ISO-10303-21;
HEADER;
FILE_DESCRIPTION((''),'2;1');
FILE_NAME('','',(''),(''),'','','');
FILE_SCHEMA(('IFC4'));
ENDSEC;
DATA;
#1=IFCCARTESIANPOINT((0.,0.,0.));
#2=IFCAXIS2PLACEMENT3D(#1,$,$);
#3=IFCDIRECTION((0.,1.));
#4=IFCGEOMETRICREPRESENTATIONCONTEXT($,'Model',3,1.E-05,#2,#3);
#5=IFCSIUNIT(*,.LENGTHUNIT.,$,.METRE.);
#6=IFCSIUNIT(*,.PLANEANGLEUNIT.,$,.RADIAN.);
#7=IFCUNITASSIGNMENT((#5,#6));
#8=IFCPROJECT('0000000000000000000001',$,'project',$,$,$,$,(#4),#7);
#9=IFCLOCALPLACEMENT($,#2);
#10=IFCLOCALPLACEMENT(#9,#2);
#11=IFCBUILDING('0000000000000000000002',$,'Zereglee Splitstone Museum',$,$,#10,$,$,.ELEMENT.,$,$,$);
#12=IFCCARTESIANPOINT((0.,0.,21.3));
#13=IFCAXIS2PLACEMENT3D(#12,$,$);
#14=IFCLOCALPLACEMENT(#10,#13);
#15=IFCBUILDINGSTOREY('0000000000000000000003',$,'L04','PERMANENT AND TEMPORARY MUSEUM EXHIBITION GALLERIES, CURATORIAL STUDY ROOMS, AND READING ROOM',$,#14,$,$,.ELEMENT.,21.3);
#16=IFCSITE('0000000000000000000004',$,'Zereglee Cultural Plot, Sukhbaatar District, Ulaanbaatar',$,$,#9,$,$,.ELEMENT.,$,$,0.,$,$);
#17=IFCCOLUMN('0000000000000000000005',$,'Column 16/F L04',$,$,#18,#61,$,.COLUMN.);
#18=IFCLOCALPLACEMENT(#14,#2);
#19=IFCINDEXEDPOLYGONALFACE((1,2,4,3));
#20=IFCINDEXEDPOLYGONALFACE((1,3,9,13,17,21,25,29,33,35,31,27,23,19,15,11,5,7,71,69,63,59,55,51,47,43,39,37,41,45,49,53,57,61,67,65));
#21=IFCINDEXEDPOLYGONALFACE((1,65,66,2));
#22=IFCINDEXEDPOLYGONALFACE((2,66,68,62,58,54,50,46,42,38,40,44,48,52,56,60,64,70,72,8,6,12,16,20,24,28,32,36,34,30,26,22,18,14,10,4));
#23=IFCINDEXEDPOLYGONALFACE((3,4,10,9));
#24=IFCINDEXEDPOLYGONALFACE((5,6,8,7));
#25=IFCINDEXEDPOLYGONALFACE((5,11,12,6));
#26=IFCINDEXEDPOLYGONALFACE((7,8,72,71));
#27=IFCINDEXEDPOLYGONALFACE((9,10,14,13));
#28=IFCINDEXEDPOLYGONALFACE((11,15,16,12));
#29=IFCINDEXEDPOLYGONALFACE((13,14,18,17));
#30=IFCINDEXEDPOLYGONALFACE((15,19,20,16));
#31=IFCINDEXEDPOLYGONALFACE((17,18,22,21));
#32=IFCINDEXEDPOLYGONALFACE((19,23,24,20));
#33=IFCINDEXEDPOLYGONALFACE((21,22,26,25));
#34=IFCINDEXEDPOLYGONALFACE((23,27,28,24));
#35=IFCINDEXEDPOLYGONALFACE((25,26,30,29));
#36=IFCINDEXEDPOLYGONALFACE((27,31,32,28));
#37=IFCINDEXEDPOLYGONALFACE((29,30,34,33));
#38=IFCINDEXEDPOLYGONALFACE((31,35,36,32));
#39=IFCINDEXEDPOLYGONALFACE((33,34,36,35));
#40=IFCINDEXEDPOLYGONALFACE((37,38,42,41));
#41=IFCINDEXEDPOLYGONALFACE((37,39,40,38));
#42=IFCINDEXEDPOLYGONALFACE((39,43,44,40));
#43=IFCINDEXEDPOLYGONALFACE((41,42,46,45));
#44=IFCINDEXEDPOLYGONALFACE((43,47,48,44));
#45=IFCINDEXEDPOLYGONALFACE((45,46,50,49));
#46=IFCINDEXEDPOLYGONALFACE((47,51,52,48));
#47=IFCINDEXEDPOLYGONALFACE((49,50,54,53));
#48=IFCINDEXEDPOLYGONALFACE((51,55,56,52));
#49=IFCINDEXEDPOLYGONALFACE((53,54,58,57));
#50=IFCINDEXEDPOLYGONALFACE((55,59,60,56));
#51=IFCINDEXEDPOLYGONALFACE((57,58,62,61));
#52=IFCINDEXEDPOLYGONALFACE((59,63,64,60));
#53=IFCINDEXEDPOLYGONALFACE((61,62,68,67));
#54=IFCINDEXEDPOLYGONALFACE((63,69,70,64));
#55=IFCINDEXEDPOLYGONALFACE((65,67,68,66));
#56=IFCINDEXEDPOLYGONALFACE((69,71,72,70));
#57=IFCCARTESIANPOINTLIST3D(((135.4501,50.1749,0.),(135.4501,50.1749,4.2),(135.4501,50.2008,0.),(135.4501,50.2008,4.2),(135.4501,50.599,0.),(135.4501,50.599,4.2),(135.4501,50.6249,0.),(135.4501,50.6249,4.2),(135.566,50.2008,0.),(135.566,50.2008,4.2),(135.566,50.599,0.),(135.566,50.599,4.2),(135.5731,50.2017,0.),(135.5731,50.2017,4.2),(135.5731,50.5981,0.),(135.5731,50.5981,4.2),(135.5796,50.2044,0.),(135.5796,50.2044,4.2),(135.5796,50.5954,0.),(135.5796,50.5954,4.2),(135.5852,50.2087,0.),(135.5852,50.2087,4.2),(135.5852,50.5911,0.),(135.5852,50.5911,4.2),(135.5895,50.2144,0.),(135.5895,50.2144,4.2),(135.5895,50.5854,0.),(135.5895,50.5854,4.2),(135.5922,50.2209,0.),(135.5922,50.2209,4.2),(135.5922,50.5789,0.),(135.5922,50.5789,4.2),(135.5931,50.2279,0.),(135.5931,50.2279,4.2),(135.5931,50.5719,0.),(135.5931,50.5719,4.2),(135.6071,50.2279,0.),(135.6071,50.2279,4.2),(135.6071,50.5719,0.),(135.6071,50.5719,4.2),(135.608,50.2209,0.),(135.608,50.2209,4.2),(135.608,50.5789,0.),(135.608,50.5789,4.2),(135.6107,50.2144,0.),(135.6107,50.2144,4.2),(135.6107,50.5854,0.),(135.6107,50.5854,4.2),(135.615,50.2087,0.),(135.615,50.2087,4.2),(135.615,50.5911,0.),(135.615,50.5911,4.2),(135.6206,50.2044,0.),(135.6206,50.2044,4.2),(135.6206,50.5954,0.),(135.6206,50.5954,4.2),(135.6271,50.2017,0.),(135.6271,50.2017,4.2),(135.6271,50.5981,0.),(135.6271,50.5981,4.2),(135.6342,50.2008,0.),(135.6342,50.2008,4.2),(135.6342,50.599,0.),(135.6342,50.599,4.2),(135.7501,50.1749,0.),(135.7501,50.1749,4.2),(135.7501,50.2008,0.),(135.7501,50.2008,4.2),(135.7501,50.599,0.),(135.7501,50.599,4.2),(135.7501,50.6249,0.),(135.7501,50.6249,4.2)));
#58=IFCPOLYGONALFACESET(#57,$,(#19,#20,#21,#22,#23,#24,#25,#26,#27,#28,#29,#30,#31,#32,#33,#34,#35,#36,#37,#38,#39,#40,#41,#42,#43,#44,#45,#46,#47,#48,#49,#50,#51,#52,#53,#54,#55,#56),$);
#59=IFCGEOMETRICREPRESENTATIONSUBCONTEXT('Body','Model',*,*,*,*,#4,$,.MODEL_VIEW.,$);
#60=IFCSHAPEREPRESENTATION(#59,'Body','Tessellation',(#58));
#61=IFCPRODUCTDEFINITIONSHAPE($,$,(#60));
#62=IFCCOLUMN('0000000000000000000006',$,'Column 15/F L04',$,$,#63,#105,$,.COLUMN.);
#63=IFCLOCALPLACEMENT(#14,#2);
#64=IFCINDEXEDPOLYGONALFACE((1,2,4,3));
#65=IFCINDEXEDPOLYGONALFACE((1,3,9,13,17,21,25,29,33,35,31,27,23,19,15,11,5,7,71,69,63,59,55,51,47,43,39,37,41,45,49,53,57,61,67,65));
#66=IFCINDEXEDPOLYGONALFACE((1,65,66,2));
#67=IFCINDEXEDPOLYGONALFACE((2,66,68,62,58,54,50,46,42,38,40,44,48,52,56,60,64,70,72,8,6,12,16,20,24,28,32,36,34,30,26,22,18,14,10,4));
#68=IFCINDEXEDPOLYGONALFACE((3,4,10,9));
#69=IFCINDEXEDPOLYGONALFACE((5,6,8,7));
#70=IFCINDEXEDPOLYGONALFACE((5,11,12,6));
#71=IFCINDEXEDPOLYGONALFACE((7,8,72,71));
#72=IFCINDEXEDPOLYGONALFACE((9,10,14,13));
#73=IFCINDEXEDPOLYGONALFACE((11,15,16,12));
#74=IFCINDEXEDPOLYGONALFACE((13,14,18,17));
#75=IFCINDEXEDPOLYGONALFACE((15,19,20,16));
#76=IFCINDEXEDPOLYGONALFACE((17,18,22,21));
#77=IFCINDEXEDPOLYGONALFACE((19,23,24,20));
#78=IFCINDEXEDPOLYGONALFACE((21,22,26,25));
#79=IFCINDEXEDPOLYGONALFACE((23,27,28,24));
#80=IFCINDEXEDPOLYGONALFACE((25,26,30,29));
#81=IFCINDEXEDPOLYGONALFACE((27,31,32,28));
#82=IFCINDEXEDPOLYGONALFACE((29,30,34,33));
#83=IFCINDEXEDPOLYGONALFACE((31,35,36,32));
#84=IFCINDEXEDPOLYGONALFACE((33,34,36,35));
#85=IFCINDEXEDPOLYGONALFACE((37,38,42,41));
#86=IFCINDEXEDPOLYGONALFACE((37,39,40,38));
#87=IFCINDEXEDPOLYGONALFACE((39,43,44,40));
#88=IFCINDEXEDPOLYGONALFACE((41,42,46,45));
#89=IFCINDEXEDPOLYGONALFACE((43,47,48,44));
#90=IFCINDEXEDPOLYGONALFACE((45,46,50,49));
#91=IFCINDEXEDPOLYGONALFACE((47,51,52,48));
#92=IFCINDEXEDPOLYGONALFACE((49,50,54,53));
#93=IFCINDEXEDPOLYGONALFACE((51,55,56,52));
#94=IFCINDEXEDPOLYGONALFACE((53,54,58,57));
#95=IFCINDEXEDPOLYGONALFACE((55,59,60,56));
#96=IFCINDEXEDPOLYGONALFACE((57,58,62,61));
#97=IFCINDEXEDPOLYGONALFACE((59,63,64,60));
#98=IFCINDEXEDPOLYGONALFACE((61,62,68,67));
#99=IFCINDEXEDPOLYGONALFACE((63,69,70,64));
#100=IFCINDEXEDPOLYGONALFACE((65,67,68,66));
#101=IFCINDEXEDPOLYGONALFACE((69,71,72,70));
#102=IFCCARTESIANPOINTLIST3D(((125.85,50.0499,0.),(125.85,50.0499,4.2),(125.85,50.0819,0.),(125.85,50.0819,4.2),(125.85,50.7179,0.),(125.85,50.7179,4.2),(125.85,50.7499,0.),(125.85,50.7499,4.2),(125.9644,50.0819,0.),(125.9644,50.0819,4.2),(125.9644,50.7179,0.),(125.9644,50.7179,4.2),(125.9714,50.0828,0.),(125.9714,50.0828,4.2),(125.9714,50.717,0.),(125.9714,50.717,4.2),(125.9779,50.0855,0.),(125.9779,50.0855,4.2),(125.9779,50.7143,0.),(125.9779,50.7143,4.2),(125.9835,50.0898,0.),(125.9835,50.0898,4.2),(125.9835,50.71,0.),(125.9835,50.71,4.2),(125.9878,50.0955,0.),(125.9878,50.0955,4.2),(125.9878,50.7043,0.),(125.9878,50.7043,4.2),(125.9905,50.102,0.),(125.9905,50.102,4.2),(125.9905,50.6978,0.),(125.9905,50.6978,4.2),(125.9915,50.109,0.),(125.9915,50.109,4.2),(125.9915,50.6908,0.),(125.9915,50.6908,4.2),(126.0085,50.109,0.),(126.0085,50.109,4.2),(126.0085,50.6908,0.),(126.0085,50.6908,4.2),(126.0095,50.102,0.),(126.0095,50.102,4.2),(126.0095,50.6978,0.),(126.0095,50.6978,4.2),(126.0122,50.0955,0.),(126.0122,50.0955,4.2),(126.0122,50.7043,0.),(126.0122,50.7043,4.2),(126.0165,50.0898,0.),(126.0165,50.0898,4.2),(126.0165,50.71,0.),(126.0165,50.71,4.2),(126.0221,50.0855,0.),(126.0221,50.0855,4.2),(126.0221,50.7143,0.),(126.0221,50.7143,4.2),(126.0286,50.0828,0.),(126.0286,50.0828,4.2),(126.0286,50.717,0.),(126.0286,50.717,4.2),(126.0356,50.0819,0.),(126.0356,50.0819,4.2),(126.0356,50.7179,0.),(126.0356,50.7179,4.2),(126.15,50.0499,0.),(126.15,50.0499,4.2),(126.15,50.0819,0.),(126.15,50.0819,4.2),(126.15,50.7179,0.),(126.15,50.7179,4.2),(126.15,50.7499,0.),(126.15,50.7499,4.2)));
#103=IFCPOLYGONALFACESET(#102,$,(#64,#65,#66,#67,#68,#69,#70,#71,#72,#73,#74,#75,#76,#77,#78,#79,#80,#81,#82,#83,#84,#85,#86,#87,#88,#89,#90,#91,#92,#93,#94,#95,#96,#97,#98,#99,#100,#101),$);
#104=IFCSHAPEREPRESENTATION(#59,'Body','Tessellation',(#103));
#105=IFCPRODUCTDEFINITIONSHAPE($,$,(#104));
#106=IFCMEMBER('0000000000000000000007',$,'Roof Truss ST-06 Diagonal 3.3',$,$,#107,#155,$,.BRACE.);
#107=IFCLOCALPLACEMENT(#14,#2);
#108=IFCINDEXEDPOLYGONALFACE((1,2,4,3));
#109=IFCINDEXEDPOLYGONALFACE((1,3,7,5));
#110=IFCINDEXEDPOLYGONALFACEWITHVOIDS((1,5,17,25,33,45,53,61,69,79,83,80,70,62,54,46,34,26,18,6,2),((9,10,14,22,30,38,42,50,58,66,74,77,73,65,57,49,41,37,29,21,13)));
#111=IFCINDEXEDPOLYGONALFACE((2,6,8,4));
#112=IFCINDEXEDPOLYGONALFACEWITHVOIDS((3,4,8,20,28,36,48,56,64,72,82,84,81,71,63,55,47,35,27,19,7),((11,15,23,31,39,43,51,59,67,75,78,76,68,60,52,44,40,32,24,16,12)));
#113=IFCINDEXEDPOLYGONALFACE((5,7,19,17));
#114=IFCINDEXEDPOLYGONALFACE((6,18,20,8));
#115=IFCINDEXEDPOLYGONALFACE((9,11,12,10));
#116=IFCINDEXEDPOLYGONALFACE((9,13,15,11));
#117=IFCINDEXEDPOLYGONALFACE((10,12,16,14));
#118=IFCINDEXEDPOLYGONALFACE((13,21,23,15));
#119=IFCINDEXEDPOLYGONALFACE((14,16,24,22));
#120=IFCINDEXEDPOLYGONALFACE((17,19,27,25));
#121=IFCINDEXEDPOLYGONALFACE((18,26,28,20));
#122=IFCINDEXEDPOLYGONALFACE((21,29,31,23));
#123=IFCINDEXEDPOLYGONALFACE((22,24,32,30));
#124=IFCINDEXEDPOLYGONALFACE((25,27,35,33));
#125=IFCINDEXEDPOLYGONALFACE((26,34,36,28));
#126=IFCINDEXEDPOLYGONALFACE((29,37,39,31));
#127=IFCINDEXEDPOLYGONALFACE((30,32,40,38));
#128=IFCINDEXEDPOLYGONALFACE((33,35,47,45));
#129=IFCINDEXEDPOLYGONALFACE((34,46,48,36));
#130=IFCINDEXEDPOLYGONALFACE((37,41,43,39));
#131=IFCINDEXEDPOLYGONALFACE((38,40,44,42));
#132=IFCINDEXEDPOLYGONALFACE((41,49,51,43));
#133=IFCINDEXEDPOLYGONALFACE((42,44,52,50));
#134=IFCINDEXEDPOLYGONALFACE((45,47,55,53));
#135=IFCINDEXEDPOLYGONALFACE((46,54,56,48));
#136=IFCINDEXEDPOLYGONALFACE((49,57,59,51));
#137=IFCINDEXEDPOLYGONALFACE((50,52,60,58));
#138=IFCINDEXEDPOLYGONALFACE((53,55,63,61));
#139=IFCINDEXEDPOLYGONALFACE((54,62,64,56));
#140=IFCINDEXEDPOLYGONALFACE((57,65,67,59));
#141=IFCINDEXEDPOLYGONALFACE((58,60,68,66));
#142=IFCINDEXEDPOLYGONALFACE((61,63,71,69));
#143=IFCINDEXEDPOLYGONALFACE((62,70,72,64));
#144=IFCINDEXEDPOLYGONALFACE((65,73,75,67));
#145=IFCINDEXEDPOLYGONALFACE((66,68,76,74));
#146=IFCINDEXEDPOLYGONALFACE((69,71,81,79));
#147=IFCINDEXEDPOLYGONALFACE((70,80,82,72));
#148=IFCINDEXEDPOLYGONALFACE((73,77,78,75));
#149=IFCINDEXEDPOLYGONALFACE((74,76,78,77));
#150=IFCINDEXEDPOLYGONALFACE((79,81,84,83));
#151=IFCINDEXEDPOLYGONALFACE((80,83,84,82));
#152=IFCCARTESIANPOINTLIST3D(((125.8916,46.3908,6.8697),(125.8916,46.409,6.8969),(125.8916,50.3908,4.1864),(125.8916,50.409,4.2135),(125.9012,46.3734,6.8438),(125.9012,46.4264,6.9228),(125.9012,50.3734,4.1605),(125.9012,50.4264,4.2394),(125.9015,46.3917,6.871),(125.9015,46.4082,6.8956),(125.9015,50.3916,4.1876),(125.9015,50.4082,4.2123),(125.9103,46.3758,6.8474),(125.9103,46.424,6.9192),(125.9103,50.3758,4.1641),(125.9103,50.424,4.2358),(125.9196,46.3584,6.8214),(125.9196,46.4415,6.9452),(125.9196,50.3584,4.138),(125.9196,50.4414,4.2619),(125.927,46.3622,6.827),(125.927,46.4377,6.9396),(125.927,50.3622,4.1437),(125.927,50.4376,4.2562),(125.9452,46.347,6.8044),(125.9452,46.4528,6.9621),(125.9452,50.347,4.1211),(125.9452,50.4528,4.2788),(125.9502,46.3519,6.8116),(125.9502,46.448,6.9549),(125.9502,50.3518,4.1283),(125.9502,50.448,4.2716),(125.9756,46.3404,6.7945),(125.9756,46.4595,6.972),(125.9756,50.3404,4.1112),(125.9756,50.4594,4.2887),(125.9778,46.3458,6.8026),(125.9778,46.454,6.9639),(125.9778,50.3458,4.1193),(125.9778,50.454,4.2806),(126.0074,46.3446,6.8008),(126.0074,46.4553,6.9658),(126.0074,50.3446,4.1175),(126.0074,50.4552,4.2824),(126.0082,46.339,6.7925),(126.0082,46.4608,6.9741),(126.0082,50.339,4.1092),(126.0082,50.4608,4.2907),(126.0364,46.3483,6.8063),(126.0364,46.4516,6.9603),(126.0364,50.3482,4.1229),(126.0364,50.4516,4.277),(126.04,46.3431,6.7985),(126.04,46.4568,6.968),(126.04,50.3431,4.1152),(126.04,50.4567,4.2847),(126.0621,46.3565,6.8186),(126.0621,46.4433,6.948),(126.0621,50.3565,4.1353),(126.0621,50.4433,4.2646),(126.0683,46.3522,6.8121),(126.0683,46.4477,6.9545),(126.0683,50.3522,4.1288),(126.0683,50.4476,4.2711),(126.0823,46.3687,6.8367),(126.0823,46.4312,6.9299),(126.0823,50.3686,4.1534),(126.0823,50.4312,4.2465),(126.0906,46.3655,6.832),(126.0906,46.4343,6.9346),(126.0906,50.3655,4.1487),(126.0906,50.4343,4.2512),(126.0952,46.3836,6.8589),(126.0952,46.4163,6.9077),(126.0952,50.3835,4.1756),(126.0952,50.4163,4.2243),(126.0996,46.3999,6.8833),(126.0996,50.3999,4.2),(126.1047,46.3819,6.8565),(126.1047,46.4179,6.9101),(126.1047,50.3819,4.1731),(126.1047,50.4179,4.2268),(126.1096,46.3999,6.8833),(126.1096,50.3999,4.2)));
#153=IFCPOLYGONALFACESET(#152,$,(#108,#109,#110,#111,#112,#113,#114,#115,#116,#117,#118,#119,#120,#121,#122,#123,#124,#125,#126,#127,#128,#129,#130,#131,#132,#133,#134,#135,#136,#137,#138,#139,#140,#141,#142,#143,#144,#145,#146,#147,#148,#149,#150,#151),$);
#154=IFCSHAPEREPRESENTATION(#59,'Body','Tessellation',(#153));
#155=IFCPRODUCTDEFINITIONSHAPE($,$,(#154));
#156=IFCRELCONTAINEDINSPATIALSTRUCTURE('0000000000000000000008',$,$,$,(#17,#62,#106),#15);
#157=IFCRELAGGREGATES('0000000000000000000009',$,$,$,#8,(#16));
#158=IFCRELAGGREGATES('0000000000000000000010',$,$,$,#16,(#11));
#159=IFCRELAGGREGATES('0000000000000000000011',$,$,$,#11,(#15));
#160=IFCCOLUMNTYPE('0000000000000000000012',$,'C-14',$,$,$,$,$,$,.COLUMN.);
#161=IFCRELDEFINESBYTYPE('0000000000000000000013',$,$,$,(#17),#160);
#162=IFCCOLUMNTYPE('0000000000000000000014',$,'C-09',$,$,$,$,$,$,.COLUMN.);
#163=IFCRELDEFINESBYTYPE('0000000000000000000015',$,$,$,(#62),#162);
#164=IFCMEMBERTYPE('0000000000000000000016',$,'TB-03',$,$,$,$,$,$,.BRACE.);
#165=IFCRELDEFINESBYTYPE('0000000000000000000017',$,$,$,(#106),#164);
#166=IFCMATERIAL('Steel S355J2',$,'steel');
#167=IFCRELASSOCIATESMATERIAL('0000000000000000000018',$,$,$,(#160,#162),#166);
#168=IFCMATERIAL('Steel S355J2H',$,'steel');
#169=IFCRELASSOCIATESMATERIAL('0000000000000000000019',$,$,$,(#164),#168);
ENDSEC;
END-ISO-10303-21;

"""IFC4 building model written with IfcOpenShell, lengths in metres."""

from ifc_helpers import new_model, si_unit, direction, frame, origin, origin_2d, place, context, subcontext, project, spatial, hollow_circle, i_section, extrude, material, material_profile, profile_set, type_object, element, save


model = new_model("IFC4")

# Units and contexts
model_context = context("Model", 3, precision=1e-05, world=origin(), true_north=direction((0.0, 1.0)))
body_context = subcontext(model_context, "Body", "Model", "MODEL_VIEW")
ifc_project = project(units=[si_unit("LENGTHUNIT", "METRE"), si_unit("PLANEANGLEUNIT", "RADIAN")], contexts=[model_context])

# Site, building, storey
site_placement = place(None, origin())
site = spatial("IfcSite", under=ifc_project, at=site_placement, Name="Zereglee Cultural Plot, Sukhbaatar District, Ulaanbaatar", CompositionType="ELEMENT", RefElevation=0.0)
building_placement = place(site_placement, origin())
building = spatial("IfcBuilding", under=site, at=building_placement, Name="Zereglee Splitstone Museum", CompositionType="ELEMENT")
storey_placement = place(building_placement, frame((0.0, 0.0, 21.3)))
storey = spatial("IfcBuildingStorey", under=building, at=storey_placement, Name="L04", Description="PERMANENT AND TEMPORARY MUSEUM EXHIBITION GALLERIES, CURATORIAL STUDY ROOMS, AND READING ROOM", CompositionType="ELEMENT", Elevation=21.3)

# Columns
ifc_material_1 = material(Name="Steel S355J2", Category="steel")
ifc_material_profile_1 = material_profile(ifc_material_1, i_section(OverallWidth=0.3, OverallDepth=0.45, WebThickness=0.0139, FlangeThickness=0.0259, FilletRadius=0.0271, at=origin_2d()), Name="HE 450 B")
ifc_profile_set_1 = profile_set([ifc_material_profile_1], Name="Steel S355J2")
column_type_1 = type_object("IfcColumnType", Name="C-14", PredefinedType="COLUMN", material=ifc_profile_set_1)
column_1_placement = place(storey_placement, frame((135.6001, 50.3999, 0.0), z_axis=(0.0, 0.0, 1.0), x_axis=(1.0, 0.0, 0.0)))
element("IfcColumn", 1, at=column_1_placement, inside=storey, type_object=column_type_1, Name="Column 16/F L04", PredefinedType="COLUMN", context=body_context, shape_type="SweptSolid", body=[
    extrude(i_section(OverallWidth=0.3, OverallDepth=0.45, WebThickness=0.0139, FlangeThickness=0.0259, FilletRadius=0.0271, at=origin_2d()), origin(), (0.0, 0.0, 1.0), 4.2),
])
ifc_material_profile_2 = material_profile(ifc_material_1, i_section(OverallWidth=0.3, OverallDepth=0.7, WebThickness=0.0171, FlangeThickness=0.032, FilletRadius=0.0271, at=origin_2d()), Name="HE 700 B")
ifc_profile_set_2 = profile_set([ifc_material_profile_2], Name="Steel S355J2")
column_type_2 = type_object("IfcColumnType", Name="C-09", PredefinedType="COLUMN", material=ifc_profile_set_2)
column_2_placement = place(storey_placement, frame((126.0, 50.3999, 0.0), z_axis=(0.0, 0.0, 1.0), x_axis=(1.0, 0.0, 0.0)))
element("IfcColumn", 2, at=column_2_placement, inside=storey, type_object=column_type_2, Name="Column 15/F L04", PredefinedType="COLUMN", context=body_context, shape_type="SweptSolid", body=[
    extrude(i_section(OverallWidth=0.3, OverallDepth=0.7, WebThickness=0.0171, FlangeThickness=0.032, FilletRadius=0.0271, at=origin_2d()), origin(), (0.0, 0.0, 1.0), 4.2),
])

# Member
ifc_material_2 = material(Name="Steel S355J2H", Category="steel")
ifc_material_profile_3 = material_profile(ifc_material_2, hollow_circle(Radius=0.1096, WallThickness=0.01, at=origin_2d()), Name="CHS 219.1x10")
ifc_profile_set_3 = profile_set([ifc_material_profile_3], Name="Steel S355J2H")
member_type_1 = type_object("IfcMemberType", Name="TB-03", PredefinedType="BRACE", material=ifc_profile_set_3)
for number, where, z_axis, x_axis, name in (
    (3, (126.0, 50.3999, 4.2), (0.0, -0.830448, 0.557096), (1.0, 0.0, 0.0), "Roof Truss ST-06 Diagonal 3.3"),
):
    element("IfcMember", number, at=place(storey_placement, frame(where, z_axis=z_axis, x_axis=x_axis)), inside=storey, type_object=member_type_1, Name=name, PredefinedType="BRACE", context=body_context, shape_type="SweptSolid", body=[
        extrude(hollow_circle(Radius=0.1096, WallThickness=0.01, at=origin_2d()), origin(), (0.0, 0.0, 1.0), 4.8167),
    ])

save(model, "model.ifc")
